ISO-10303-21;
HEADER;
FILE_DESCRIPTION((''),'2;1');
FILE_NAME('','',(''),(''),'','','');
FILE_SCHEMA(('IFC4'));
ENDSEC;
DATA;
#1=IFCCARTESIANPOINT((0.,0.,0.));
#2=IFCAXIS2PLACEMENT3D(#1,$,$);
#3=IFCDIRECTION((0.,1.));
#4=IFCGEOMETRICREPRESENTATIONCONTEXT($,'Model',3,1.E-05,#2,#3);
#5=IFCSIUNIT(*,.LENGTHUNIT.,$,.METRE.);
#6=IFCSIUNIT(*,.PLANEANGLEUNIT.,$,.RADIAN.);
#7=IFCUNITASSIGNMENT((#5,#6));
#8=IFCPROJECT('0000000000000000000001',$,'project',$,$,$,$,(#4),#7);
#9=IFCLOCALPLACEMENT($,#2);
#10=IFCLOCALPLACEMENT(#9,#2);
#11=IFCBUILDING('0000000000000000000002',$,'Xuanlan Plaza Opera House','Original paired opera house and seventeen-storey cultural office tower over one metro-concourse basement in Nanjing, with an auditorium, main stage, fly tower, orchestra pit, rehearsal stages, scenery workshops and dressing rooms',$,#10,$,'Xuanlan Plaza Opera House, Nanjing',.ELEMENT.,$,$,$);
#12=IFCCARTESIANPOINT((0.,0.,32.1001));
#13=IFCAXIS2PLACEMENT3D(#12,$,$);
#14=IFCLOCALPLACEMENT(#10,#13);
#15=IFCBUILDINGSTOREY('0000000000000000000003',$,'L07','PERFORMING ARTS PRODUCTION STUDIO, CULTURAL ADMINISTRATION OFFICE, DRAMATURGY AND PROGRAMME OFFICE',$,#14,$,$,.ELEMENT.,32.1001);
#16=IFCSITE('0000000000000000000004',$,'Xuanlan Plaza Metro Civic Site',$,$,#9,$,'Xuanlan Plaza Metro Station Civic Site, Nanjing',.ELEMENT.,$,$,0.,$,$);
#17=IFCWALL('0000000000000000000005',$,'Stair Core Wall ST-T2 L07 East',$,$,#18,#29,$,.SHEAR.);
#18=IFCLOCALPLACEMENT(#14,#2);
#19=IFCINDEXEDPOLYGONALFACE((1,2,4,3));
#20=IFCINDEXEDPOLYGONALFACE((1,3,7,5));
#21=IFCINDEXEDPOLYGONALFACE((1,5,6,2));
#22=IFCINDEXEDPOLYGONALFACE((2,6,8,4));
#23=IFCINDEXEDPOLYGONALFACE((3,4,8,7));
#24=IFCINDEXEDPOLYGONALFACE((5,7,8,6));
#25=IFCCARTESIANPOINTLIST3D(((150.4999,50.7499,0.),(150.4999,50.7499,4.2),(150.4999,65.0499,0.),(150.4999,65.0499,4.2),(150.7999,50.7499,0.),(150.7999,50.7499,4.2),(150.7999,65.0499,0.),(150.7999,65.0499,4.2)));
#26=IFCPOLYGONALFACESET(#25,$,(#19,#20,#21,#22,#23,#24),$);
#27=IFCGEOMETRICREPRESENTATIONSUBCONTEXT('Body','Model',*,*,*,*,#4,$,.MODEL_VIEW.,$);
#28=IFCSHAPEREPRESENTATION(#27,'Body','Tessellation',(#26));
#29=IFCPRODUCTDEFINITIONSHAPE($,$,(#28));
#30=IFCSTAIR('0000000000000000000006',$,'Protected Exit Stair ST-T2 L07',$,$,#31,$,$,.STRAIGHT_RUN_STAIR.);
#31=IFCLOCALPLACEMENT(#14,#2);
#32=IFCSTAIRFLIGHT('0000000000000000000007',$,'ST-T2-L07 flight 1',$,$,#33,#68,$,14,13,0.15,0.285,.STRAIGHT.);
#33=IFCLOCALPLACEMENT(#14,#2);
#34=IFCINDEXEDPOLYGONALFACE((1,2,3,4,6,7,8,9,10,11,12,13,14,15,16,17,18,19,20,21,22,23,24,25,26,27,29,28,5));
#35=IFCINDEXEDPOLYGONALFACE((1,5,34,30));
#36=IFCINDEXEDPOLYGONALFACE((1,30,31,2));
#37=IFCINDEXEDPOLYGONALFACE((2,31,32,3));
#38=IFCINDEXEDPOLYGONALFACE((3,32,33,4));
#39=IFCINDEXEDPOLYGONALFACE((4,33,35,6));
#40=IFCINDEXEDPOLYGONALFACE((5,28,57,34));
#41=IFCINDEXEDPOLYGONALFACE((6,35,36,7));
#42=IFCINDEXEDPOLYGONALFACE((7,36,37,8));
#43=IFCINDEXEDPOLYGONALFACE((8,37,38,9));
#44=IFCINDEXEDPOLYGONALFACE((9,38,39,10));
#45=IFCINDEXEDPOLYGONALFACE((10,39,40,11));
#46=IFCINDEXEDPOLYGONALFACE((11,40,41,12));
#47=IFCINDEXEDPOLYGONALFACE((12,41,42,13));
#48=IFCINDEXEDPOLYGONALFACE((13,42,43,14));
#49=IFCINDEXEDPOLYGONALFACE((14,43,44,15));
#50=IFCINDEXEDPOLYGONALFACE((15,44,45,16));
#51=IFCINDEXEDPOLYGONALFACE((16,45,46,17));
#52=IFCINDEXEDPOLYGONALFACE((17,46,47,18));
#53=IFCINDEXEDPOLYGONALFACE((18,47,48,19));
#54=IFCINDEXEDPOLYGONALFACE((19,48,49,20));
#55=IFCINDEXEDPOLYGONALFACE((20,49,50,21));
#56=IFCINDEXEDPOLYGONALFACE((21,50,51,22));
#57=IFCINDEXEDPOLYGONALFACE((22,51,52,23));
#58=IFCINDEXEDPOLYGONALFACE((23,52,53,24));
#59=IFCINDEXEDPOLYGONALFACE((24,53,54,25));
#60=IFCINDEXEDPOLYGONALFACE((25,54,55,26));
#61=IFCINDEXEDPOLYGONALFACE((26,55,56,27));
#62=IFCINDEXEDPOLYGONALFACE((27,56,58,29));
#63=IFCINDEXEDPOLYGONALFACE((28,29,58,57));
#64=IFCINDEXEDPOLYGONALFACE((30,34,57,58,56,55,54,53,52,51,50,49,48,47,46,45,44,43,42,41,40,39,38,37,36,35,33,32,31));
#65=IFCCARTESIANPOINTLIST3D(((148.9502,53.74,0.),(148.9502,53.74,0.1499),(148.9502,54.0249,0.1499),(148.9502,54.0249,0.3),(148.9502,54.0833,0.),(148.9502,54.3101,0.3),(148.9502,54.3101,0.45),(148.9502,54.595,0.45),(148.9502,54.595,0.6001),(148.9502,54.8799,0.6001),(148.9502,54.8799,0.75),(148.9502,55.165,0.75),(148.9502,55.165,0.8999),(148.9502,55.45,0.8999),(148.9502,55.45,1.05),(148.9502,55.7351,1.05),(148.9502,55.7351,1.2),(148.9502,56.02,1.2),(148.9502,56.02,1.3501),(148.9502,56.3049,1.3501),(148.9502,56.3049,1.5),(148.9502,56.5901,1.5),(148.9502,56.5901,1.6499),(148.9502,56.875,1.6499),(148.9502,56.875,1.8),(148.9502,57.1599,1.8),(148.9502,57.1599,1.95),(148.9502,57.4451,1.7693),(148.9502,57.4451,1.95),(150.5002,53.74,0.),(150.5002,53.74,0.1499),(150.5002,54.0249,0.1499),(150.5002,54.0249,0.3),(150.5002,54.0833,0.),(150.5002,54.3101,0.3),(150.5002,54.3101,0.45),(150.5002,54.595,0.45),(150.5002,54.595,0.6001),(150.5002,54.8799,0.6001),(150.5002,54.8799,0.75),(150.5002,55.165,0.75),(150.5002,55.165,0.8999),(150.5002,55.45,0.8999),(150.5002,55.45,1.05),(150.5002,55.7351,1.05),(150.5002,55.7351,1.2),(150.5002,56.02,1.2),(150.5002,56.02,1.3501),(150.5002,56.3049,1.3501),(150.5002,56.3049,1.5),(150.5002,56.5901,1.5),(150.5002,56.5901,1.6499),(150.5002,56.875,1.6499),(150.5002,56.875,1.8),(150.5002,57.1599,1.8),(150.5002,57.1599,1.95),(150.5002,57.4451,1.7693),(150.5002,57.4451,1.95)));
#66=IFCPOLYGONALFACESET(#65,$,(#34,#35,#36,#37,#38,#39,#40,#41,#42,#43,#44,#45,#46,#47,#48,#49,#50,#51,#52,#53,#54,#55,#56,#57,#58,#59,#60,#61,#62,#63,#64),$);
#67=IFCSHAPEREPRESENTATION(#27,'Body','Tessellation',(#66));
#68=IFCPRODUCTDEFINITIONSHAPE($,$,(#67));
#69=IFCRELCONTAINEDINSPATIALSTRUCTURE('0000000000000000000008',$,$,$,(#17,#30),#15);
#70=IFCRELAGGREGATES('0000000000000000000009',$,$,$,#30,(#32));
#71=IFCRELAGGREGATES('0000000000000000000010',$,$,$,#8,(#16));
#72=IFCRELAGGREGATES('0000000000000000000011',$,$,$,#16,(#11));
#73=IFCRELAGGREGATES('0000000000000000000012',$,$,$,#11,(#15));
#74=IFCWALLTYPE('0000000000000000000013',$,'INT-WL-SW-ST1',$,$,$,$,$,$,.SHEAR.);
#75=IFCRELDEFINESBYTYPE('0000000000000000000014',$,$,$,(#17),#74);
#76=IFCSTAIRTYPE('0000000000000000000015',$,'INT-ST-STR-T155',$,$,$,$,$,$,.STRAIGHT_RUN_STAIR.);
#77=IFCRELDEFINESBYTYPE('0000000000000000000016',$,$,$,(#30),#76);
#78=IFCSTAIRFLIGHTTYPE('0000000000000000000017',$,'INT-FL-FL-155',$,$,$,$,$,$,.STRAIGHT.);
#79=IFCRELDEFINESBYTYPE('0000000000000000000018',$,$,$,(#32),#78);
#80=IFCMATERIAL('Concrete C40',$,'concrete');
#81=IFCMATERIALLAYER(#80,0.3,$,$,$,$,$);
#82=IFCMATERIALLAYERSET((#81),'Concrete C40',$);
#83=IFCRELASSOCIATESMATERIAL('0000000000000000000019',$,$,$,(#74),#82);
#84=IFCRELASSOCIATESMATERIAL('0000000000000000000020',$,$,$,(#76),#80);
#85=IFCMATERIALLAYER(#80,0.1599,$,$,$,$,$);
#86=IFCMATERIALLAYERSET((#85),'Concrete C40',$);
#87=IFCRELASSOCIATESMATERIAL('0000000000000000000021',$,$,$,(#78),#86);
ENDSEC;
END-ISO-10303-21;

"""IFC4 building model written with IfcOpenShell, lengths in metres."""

from ifc_helpers import new_model, si_unit, direction, frame, frame_2d, origin, place, context, subcontext, project, spatial, polyline, rectangle, outline, extrude, material, layer, layer_set, type_object, element, aggregate, save


model = new_model("IFC4")

# Units and contexts
model_context = context("Model", 3, precision=1e-05, world=origin(), true_north=direction((0.0, 1.0)))
body_context = subcontext(model_context, "Body", "Model", "MODEL_VIEW")
ifc_project = project(units=[si_unit("LENGTHUNIT", "METRE"), si_unit("PLANEANGLEUNIT", "RADIAN")], contexts=[model_context])

# Site, building, storey
site_placement = place(None, origin())
site = spatial("IfcSite", under=ifc_project, at=site_placement, Name="Xuanlan Plaza Metro Civic Site", LongName="Xuanlan Plaza Metro Station Civic Site, Nanjing", CompositionType="ELEMENT", RefElevation=0.0)
building_placement = place(site_placement, origin())
building = spatial("IfcBuilding", under=site, at=building_placement, Name="Xuanlan Plaza Opera House", Description="Original paired opera house and seventeen-storey cultural office tower over one metro-concourse basement in Nanjing, with an auditorium, main stage, fly tower, orchestra pit, rehearsal stages, scenery workshops and dressing rooms", LongName="Xuanlan Plaza Opera House, Nanjing", CompositionType="ELEMENT")
storey_placement = place(building_placement, frame((0.0, 0.0, 32.1001)))
storey = spatial("IfcBuildingStorey", under=building, at=storey_placement, Name="L07", Description="PERFORMING ARTS PRODUCTION STUDIO, CULTURAL ADMINISTRATION OFFICE, DRAMATURGY AND PROGRAMME OFFICE", CompositionType="ELEMENT", Elevation=32.1001)

# Shared definitions
ifc_material_1 = material(Name="Concrete C40", Category="concrete")

# Shared definitions
ifc_layer_1 = layer(ifc_material_1, 0.3)
ifc_layer_set_1 = layer_set([ifc_layer_1], Name="Concrete C40")
wall_type_1 = type_object("IfcWallType", Name="INT-WL-SW-ST1", PredefinedType="SHEAR", material=ifc_layer_set_1)

# Wall
for number, where, z_axis, x_axis, name in (
    (1, (150.6499, 50.75, 0.0), (0.0, 0.0, 1.0), (0.0, 1.0, 0.0), "Stair Core Wall ST-T2 L07 East"),
):
    element("IfcWall", number, at=place(storey_placement, frame(where, z_axis=z_axis, x_axis=x_axis)), inside=storey, type_object=wall_type_1, Name=name, PredefinedType="SHEAR", context=body_context, shape_type="SweptSolid", body=[
        extrude(rectangle(XDim=14.3, YDim=0.3, at=frame_2d((7.1499, 0.0))), origin(), (0.0, 0.0, 1.0), 4.2),
    ])

# Stair, stair flight
stair_type = type_object("IfcStairType", Name="INT-ST-STR-T155", PredefinedType="STRAIGHT_RUN_STAIR", material=ifc_material_1)
stair_placement = place(storey_placement, origin())
stair = element("IfcStair", 2, at=stair_placement, inside=storey, type_object=stair_type, Name="Protected Exit Stair ST-T2 L07", PredefinedType="STRAIGHT_RUN_STAIR")
ifc_layer_2 = layer(ifc_material_1, 0.1599)
ifc_layer_set_2 = layer_set([ifc_layer_2], Name="Concrete C40")
stair_flight_type = type_object("IfcStairFlightType", Name="INT-FL-FL-155", PredefinedType="STRAIGHT", material=ifc_layer_set_2)
stair_flight_placement = place(storey_placement, frame((149.7251, 53.74, 0.0), z_axis=(0.0, 0.0, 1.0), x_axis=(0.0, 1.0, 0.0)))
stair_flight = element("IfcStairFlight", 3, at=stair_flight_placement, type_object=stair_flight_type, Name="ST-T2-L07 flight 1", NumberOfRisers=14, NumberOfTreads=13, PredefinedType="STRAIGHT", RiserHeight=0.15, TreadLength=0.285, context=body_context, shape_type="SweptSolid", body=[
    extrude(outline(polyline([(0.0, 0.0), (0.0, 0.1499), (0.2849, 0.1499), (0.2849, 0.3), (0.5701, 0.3), (0.5701, 0.45), (0.855, 0.45), (0.855, 0.6001), (1.1399, 0.6001), (1.1399, 0.75), (1.425, 0.75), (1.425, 0.8999), (1.71, 0.8999), (1.71, 1.05), (1.9951, 1.05), (1.9951, 1.2), (2.28, 1.2), (2.28, 1.3501), (2.5649, 1.3501), (2.5649, 1.5), (2.8501, 1.5), (2.8501, 1.6499), (3.135, 1.6499), (3.135, 1.8), (3.4199, 1.8), (3.4199, 1.95), (3.7051, 1.95), (3.7051, 2.1001), (3.7051, 1.7693), (0.3433, 0.0), (0.0, 0.0)])), frame((0.0, 0.7749, 0.0), z_axis=(0.0, -1.0, 0.0), x_axis=(1.0, 0.0, 0.0)), (0.0, 0.0, 1.0), 1.55),
])
aggregate(stair, [stair_flight])

save(model, "model.ifc")
